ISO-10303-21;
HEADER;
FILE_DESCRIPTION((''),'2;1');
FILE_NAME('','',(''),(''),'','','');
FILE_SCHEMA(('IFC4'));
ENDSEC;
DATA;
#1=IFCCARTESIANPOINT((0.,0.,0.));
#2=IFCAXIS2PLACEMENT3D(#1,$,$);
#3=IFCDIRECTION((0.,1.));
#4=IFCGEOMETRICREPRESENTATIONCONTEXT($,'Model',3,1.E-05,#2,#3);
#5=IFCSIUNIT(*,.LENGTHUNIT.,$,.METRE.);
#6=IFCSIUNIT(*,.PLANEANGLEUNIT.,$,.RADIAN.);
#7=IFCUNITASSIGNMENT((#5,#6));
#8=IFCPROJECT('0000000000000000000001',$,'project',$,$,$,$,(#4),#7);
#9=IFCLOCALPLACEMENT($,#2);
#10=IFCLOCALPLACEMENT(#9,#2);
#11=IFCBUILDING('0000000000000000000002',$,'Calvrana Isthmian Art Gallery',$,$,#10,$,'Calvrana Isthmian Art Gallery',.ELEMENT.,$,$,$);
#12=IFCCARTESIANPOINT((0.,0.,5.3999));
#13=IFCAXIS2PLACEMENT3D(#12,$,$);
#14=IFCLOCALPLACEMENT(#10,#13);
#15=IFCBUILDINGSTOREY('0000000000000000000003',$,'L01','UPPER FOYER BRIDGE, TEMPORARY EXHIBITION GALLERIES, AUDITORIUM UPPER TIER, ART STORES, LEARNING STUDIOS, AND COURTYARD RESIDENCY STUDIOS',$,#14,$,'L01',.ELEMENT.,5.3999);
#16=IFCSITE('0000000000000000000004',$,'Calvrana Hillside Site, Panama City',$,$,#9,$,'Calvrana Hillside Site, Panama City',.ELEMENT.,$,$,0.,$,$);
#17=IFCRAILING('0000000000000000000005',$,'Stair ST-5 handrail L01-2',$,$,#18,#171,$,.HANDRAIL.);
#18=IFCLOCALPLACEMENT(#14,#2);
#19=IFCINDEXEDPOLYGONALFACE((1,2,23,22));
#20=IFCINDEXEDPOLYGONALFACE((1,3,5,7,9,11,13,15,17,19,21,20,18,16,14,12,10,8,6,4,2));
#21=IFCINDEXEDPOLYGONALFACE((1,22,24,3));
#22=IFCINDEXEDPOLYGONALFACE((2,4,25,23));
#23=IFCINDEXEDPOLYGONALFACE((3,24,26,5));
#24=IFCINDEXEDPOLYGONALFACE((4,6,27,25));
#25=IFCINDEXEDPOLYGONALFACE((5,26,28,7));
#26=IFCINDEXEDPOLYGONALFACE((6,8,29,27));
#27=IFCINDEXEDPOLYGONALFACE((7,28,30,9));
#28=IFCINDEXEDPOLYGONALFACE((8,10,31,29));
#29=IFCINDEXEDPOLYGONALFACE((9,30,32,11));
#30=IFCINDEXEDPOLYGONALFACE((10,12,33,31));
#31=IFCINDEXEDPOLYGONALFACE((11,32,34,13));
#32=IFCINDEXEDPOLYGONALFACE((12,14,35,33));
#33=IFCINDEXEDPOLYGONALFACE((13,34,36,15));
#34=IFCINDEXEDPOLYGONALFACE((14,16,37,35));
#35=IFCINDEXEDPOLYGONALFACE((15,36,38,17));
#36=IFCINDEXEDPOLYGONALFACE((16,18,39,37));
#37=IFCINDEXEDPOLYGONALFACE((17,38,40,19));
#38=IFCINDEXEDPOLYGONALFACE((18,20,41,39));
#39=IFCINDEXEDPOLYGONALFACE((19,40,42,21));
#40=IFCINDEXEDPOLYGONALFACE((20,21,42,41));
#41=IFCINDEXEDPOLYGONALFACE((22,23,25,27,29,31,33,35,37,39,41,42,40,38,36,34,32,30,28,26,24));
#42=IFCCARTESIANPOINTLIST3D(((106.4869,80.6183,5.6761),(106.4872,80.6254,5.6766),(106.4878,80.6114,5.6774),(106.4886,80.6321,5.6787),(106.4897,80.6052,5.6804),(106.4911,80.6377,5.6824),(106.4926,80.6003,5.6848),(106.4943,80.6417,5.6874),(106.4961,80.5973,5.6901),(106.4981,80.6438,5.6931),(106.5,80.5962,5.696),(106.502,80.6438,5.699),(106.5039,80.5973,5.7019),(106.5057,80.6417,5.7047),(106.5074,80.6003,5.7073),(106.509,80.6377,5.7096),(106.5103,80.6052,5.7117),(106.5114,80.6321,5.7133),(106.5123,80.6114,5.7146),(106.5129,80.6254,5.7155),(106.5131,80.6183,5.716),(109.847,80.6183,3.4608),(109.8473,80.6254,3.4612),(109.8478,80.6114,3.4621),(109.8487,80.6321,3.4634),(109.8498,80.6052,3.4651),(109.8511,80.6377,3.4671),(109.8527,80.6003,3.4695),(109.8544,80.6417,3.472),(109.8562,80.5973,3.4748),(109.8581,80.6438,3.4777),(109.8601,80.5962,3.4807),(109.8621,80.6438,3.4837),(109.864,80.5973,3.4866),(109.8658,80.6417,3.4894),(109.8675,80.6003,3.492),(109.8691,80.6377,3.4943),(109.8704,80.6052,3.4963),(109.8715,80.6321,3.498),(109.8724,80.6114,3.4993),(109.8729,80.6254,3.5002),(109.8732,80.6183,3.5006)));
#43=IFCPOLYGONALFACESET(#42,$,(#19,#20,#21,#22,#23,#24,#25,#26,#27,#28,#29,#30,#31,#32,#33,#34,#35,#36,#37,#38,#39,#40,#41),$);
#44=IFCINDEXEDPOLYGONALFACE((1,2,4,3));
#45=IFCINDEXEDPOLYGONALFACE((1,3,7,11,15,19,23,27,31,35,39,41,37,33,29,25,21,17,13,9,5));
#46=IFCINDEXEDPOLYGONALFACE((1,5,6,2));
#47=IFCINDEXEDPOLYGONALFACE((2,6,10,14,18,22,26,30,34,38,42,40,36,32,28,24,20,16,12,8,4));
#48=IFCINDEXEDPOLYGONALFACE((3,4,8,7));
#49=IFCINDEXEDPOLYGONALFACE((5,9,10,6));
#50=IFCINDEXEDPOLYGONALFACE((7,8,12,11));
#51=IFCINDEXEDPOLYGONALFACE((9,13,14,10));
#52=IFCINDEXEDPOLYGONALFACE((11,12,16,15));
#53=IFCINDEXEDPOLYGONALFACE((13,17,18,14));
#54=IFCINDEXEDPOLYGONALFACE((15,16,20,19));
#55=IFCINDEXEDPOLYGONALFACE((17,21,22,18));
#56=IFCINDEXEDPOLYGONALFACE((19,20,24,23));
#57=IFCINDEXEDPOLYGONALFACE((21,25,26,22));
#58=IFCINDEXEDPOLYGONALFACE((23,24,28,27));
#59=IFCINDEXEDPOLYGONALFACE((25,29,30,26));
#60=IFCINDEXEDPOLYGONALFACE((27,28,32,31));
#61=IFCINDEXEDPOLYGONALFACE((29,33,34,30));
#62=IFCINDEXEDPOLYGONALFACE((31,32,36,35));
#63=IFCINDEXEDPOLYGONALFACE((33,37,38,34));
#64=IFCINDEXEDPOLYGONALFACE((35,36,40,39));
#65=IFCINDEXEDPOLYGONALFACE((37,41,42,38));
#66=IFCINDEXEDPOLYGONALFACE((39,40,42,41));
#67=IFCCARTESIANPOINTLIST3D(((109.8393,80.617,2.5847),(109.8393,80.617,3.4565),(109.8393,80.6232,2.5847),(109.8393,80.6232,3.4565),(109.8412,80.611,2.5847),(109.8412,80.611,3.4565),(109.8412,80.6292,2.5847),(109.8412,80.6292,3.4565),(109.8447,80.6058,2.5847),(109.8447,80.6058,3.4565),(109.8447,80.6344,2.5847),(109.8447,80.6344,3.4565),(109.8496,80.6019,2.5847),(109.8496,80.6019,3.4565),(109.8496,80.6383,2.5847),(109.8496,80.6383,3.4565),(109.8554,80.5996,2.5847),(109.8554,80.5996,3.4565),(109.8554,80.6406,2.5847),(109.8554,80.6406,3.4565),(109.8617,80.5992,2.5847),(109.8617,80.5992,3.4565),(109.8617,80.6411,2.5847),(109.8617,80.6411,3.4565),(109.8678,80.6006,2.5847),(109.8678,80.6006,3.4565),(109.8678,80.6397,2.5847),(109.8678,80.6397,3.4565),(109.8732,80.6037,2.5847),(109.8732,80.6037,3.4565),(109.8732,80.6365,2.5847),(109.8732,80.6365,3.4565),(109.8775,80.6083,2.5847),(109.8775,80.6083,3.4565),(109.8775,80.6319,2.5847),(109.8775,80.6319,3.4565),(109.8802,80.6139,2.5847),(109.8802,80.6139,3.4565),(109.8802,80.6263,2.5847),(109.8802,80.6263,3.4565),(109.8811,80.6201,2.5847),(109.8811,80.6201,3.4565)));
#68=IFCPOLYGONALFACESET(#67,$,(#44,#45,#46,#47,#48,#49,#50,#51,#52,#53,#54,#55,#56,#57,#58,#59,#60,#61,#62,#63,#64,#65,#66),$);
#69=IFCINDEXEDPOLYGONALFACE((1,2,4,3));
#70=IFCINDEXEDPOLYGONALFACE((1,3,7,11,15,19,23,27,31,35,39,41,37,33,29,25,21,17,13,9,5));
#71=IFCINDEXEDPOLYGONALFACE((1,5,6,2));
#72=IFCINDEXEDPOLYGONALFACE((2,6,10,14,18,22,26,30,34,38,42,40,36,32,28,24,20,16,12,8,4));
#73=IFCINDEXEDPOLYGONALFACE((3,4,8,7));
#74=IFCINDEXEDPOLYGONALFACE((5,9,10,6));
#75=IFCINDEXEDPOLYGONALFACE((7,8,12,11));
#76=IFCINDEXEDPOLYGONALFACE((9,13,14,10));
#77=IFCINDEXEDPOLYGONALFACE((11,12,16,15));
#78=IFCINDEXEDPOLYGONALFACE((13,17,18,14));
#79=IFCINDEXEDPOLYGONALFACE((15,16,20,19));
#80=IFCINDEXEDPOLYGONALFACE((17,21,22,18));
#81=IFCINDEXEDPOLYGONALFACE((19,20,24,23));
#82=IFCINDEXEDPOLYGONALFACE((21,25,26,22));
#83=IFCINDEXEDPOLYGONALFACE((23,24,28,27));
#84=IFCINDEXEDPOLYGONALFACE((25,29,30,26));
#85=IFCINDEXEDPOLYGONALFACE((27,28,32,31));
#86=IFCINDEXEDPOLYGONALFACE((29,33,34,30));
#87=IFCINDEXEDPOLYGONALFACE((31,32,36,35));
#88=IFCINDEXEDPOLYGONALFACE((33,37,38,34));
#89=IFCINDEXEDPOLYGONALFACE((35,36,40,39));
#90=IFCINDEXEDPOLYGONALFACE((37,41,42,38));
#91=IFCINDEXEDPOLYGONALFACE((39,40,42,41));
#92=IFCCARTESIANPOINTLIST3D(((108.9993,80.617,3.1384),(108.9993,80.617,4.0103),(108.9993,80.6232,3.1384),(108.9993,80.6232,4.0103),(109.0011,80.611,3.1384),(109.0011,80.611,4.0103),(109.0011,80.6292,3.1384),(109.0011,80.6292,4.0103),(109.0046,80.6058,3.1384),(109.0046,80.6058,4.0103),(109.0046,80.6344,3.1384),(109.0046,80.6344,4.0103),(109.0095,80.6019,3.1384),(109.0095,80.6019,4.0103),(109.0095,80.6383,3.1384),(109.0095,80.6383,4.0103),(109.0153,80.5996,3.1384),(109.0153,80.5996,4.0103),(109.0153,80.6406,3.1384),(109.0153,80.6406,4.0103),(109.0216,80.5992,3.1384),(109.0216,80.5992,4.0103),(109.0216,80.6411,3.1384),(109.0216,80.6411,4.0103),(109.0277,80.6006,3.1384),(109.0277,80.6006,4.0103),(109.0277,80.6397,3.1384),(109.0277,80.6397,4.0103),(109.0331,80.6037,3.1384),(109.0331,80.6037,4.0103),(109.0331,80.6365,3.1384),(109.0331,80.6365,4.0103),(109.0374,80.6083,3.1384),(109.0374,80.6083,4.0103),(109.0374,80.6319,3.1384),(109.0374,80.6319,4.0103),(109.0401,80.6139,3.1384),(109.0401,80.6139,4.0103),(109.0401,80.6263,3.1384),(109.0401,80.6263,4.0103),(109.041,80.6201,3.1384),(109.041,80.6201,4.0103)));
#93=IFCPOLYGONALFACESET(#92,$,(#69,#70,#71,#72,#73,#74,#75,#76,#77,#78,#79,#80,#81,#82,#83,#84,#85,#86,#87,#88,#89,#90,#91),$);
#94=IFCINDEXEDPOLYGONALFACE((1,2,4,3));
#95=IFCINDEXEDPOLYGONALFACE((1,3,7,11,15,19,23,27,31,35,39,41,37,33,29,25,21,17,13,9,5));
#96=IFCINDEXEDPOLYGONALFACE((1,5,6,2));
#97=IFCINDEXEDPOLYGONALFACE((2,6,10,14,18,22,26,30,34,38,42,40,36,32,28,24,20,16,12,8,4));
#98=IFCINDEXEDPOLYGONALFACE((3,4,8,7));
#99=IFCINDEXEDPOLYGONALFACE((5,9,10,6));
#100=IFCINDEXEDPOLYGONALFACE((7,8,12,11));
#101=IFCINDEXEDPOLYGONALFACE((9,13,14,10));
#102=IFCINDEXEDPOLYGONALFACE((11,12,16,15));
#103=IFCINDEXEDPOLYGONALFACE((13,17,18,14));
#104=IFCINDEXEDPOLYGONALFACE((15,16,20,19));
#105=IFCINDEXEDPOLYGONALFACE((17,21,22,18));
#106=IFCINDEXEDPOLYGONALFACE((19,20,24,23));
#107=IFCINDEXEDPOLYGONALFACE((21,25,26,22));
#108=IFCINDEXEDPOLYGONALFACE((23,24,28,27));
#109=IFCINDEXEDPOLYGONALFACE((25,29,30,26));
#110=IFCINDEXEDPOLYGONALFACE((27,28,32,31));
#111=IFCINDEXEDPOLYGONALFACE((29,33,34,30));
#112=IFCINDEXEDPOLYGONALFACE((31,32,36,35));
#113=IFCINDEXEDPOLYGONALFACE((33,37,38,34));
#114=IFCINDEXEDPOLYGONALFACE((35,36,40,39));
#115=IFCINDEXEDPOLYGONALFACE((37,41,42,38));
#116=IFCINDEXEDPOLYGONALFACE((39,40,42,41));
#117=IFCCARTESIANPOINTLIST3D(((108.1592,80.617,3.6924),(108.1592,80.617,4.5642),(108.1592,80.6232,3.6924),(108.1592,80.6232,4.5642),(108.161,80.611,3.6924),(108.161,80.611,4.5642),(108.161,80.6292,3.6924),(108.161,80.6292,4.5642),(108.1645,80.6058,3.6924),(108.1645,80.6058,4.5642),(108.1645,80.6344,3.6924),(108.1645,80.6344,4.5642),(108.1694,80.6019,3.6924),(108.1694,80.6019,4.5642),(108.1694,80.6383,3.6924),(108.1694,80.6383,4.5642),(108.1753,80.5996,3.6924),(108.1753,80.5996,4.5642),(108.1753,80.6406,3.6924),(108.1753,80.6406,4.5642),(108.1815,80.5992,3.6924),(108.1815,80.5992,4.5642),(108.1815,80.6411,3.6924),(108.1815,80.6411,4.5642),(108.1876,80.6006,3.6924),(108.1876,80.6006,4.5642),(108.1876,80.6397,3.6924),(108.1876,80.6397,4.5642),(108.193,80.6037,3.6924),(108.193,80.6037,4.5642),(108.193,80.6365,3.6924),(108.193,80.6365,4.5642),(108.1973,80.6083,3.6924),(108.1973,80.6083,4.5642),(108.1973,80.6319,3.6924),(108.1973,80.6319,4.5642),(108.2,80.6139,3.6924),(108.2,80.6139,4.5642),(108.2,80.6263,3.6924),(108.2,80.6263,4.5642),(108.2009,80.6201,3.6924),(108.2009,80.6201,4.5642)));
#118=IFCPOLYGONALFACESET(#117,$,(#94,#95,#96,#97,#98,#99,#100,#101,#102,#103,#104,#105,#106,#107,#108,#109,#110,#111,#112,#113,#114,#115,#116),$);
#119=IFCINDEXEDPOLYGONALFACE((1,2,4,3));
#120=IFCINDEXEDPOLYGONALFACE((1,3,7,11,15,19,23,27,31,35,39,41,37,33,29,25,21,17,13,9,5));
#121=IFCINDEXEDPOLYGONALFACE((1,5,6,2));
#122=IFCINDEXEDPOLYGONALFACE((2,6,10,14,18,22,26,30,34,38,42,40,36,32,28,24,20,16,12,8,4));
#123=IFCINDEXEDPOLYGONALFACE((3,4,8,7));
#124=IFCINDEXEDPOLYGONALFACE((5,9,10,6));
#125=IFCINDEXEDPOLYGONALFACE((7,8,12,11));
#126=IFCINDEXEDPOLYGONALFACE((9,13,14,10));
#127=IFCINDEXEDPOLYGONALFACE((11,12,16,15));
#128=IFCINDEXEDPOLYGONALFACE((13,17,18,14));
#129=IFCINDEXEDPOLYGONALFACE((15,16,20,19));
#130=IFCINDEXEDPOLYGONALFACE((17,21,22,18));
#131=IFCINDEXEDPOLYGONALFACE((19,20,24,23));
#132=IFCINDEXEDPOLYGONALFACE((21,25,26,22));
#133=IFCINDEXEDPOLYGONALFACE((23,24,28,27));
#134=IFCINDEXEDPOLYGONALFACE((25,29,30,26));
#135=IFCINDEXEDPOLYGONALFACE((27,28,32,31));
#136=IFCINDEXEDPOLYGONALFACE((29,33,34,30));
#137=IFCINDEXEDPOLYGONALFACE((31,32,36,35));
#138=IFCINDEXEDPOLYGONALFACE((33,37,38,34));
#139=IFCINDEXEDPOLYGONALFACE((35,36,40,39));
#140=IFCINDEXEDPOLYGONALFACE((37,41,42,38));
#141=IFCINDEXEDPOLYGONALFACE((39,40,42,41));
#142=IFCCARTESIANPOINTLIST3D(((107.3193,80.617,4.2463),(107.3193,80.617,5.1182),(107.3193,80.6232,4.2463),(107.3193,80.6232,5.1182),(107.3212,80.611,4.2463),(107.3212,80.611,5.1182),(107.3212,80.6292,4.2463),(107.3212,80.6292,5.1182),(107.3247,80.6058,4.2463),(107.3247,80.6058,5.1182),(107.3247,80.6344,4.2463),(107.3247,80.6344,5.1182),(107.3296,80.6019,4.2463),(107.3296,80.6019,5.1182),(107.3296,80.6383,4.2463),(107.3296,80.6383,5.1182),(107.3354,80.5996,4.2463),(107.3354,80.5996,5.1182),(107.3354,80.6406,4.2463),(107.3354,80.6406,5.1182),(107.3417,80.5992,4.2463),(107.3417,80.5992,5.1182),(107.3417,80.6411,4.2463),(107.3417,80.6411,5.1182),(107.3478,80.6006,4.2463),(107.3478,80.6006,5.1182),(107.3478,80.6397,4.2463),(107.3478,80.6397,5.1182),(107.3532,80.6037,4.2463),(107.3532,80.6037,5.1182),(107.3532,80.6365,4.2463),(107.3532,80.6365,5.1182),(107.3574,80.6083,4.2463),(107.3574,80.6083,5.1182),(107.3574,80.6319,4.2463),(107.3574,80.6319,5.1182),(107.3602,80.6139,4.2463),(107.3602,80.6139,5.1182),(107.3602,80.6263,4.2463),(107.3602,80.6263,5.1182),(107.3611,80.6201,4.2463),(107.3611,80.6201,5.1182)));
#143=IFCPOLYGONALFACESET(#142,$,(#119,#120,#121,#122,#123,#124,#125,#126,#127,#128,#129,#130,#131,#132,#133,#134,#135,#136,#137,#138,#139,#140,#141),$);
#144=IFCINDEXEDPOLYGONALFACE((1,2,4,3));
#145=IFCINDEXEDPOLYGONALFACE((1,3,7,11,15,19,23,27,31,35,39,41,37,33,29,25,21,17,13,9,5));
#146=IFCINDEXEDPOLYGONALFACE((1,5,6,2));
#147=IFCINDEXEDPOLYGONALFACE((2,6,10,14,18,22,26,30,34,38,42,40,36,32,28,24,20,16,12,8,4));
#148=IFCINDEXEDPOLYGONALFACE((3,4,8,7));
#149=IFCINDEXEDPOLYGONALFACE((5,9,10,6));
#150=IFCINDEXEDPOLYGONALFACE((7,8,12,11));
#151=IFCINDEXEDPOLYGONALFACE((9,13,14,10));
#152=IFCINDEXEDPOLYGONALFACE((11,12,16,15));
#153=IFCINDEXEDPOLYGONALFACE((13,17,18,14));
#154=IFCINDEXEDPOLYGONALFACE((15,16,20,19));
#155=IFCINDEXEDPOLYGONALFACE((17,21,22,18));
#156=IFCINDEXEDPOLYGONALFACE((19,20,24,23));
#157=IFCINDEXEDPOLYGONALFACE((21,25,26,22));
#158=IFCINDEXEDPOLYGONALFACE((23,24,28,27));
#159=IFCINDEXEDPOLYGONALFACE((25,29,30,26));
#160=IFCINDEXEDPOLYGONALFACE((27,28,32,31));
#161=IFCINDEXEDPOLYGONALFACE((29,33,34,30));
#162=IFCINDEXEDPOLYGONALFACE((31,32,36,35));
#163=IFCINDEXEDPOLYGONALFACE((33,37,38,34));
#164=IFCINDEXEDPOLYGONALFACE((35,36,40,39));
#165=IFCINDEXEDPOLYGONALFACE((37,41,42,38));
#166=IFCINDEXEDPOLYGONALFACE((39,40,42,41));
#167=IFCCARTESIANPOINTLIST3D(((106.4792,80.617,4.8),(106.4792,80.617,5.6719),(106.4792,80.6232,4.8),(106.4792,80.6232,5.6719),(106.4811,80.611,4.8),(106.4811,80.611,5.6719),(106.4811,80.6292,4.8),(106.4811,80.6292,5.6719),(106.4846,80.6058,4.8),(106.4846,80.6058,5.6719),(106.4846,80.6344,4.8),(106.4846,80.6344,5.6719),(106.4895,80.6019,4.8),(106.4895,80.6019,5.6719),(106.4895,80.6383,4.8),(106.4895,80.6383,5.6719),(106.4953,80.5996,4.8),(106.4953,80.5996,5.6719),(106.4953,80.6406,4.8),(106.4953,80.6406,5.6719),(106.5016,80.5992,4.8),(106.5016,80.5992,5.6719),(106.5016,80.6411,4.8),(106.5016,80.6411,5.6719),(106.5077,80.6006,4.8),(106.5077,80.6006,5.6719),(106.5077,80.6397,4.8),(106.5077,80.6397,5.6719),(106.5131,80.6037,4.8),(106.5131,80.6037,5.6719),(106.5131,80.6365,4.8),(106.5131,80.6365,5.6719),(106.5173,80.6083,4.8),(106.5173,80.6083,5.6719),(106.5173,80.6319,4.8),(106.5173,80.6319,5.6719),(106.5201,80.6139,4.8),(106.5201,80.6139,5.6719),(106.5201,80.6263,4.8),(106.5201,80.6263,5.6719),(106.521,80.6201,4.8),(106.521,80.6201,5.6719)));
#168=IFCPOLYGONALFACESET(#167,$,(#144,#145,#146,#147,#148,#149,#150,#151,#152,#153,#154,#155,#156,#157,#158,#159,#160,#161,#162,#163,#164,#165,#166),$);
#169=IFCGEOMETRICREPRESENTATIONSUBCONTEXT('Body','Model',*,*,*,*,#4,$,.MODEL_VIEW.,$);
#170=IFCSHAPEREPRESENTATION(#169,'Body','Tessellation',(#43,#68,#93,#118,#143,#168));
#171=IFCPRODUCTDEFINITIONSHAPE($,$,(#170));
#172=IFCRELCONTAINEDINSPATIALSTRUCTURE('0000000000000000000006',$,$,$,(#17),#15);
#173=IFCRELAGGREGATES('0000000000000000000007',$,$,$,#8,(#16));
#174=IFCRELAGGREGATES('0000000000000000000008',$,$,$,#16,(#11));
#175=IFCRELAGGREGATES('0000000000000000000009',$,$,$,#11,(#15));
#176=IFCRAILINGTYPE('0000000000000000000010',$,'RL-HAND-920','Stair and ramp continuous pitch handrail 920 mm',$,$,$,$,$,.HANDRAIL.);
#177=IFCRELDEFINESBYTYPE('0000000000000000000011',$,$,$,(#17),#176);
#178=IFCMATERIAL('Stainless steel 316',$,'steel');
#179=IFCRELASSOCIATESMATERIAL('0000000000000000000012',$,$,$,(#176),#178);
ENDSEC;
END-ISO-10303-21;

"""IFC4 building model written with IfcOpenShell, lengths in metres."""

from ifc_helpers import new_model, si_unit, direction, frame, origin, origin_2d, place, context, subcontext, project, spatial, circle, extrude, material, type_object, element, save


model = new_model("IFC4")

# Units and contexts
model_context = context("Model", 3, precision=1e-05, world=origin(), true_north=direction((0.0, 1.0)))
body_context = subcontext(model_context, "Body", "Model", "MODEL_VIEW")
ifc_project = project(units=[si_unit("LENGTHUNIT", "METRE"), si_unit("PLANEANGLEUNIT", "RADIAN")], contexts=[model_context])

# Site, building, storey
site_placement = place(None, origin())
site = spatial("IfcSite", under=ifc_project, at=site_placement, Name="Calvrana Hillside Site, Panama City", LongName="Calvrana Hillside Site, Panama City", CompositionType="ELEMENT", RefElevation=0.0)
building_placement = place(site_placement, origin())
building = spatial("IfcBuilding", under=site, at=building_placement, Name="Calvrana Isthmian Art Gallery", LongName="Calvrana Isthmian Art Gallery", CompositionType="ELEMENT")
storey_placement = place(building_placement, frame((0.0, 0.0, 5.3999)))
storey = spatial("IfcBuildingStorey", under=building, at=storey_placement, Name="L01", Description="UPPER FOYER BRIDGE, TEMPORARY EXHIBITION GALLERIES, AUDITORIUM UPPER TIER, ART STORES, LEARNING STUDIOS, AND COURTYARD RESIDENCY STUDIOS", LongName="L01", CompositionType="ELEMENT", Elevation=5.3999)

# Railing
ifc_material_1 = material(Name="Stainless steel 316", Category="steel")
railing_type_1 = type_object("IfcRailingType", Name="RL-HAND-920", Description="Stair and ramp continuous pitch handrail 920 mm", PredefinedType="HANDRAIL", material=ifc_material_1)
railing_1_placement = place(storey_placement, frame((109.8601, 80.6201, 2.5847)))
element("IfcRailing", 1, at=railing_1_placement, inside=storey, type_object=railing_type_1, Name="Stair ST-5 handrail L01-2", PredefinedType="HANDRAIL", context=body_context, shape_type="SweptSolid", body=[
    extrude(circle(Radius=0.0239, at=origin_2d()), frame((0.0, 0.0, 0.896), z_axis=(-0.834876, 0.0, 0.550437), x_axis=(0.0, -1.0, 0.0)), (0.0, 0.0, 1.0), 4.0247),
    extrude(circle(Radius=0.021, at=origin_2d()), origin(), (0.0, 0.0, 1.0), 0.8718),
    extrude(circle(Radius=0.021, at=origin_2d()), frame((-0.8401, 0.0, 0.5537)), (0.0, 0.0, 1.0), 0.8718),
    extrude(circle(Radius=0.021, at=origin_2d()), frame((-1.6802, 0.0, 1.1077)), (0.0, 0.0, 1.0), 0.8718),
    extrude(circle(Radius=0.021, at=origin_2d()), frame((-2.52, 0.0, 1.6616)), (0.0, 0.0, 1.0), 0.8718),
    extrude(circle(Radius=0.021, at=origin_2d()), frame((-3.3601, 0.0, 2.2153)), (0.0, 0.0, 1.0), 0.8718),
])

save(model, "model.ifc")
